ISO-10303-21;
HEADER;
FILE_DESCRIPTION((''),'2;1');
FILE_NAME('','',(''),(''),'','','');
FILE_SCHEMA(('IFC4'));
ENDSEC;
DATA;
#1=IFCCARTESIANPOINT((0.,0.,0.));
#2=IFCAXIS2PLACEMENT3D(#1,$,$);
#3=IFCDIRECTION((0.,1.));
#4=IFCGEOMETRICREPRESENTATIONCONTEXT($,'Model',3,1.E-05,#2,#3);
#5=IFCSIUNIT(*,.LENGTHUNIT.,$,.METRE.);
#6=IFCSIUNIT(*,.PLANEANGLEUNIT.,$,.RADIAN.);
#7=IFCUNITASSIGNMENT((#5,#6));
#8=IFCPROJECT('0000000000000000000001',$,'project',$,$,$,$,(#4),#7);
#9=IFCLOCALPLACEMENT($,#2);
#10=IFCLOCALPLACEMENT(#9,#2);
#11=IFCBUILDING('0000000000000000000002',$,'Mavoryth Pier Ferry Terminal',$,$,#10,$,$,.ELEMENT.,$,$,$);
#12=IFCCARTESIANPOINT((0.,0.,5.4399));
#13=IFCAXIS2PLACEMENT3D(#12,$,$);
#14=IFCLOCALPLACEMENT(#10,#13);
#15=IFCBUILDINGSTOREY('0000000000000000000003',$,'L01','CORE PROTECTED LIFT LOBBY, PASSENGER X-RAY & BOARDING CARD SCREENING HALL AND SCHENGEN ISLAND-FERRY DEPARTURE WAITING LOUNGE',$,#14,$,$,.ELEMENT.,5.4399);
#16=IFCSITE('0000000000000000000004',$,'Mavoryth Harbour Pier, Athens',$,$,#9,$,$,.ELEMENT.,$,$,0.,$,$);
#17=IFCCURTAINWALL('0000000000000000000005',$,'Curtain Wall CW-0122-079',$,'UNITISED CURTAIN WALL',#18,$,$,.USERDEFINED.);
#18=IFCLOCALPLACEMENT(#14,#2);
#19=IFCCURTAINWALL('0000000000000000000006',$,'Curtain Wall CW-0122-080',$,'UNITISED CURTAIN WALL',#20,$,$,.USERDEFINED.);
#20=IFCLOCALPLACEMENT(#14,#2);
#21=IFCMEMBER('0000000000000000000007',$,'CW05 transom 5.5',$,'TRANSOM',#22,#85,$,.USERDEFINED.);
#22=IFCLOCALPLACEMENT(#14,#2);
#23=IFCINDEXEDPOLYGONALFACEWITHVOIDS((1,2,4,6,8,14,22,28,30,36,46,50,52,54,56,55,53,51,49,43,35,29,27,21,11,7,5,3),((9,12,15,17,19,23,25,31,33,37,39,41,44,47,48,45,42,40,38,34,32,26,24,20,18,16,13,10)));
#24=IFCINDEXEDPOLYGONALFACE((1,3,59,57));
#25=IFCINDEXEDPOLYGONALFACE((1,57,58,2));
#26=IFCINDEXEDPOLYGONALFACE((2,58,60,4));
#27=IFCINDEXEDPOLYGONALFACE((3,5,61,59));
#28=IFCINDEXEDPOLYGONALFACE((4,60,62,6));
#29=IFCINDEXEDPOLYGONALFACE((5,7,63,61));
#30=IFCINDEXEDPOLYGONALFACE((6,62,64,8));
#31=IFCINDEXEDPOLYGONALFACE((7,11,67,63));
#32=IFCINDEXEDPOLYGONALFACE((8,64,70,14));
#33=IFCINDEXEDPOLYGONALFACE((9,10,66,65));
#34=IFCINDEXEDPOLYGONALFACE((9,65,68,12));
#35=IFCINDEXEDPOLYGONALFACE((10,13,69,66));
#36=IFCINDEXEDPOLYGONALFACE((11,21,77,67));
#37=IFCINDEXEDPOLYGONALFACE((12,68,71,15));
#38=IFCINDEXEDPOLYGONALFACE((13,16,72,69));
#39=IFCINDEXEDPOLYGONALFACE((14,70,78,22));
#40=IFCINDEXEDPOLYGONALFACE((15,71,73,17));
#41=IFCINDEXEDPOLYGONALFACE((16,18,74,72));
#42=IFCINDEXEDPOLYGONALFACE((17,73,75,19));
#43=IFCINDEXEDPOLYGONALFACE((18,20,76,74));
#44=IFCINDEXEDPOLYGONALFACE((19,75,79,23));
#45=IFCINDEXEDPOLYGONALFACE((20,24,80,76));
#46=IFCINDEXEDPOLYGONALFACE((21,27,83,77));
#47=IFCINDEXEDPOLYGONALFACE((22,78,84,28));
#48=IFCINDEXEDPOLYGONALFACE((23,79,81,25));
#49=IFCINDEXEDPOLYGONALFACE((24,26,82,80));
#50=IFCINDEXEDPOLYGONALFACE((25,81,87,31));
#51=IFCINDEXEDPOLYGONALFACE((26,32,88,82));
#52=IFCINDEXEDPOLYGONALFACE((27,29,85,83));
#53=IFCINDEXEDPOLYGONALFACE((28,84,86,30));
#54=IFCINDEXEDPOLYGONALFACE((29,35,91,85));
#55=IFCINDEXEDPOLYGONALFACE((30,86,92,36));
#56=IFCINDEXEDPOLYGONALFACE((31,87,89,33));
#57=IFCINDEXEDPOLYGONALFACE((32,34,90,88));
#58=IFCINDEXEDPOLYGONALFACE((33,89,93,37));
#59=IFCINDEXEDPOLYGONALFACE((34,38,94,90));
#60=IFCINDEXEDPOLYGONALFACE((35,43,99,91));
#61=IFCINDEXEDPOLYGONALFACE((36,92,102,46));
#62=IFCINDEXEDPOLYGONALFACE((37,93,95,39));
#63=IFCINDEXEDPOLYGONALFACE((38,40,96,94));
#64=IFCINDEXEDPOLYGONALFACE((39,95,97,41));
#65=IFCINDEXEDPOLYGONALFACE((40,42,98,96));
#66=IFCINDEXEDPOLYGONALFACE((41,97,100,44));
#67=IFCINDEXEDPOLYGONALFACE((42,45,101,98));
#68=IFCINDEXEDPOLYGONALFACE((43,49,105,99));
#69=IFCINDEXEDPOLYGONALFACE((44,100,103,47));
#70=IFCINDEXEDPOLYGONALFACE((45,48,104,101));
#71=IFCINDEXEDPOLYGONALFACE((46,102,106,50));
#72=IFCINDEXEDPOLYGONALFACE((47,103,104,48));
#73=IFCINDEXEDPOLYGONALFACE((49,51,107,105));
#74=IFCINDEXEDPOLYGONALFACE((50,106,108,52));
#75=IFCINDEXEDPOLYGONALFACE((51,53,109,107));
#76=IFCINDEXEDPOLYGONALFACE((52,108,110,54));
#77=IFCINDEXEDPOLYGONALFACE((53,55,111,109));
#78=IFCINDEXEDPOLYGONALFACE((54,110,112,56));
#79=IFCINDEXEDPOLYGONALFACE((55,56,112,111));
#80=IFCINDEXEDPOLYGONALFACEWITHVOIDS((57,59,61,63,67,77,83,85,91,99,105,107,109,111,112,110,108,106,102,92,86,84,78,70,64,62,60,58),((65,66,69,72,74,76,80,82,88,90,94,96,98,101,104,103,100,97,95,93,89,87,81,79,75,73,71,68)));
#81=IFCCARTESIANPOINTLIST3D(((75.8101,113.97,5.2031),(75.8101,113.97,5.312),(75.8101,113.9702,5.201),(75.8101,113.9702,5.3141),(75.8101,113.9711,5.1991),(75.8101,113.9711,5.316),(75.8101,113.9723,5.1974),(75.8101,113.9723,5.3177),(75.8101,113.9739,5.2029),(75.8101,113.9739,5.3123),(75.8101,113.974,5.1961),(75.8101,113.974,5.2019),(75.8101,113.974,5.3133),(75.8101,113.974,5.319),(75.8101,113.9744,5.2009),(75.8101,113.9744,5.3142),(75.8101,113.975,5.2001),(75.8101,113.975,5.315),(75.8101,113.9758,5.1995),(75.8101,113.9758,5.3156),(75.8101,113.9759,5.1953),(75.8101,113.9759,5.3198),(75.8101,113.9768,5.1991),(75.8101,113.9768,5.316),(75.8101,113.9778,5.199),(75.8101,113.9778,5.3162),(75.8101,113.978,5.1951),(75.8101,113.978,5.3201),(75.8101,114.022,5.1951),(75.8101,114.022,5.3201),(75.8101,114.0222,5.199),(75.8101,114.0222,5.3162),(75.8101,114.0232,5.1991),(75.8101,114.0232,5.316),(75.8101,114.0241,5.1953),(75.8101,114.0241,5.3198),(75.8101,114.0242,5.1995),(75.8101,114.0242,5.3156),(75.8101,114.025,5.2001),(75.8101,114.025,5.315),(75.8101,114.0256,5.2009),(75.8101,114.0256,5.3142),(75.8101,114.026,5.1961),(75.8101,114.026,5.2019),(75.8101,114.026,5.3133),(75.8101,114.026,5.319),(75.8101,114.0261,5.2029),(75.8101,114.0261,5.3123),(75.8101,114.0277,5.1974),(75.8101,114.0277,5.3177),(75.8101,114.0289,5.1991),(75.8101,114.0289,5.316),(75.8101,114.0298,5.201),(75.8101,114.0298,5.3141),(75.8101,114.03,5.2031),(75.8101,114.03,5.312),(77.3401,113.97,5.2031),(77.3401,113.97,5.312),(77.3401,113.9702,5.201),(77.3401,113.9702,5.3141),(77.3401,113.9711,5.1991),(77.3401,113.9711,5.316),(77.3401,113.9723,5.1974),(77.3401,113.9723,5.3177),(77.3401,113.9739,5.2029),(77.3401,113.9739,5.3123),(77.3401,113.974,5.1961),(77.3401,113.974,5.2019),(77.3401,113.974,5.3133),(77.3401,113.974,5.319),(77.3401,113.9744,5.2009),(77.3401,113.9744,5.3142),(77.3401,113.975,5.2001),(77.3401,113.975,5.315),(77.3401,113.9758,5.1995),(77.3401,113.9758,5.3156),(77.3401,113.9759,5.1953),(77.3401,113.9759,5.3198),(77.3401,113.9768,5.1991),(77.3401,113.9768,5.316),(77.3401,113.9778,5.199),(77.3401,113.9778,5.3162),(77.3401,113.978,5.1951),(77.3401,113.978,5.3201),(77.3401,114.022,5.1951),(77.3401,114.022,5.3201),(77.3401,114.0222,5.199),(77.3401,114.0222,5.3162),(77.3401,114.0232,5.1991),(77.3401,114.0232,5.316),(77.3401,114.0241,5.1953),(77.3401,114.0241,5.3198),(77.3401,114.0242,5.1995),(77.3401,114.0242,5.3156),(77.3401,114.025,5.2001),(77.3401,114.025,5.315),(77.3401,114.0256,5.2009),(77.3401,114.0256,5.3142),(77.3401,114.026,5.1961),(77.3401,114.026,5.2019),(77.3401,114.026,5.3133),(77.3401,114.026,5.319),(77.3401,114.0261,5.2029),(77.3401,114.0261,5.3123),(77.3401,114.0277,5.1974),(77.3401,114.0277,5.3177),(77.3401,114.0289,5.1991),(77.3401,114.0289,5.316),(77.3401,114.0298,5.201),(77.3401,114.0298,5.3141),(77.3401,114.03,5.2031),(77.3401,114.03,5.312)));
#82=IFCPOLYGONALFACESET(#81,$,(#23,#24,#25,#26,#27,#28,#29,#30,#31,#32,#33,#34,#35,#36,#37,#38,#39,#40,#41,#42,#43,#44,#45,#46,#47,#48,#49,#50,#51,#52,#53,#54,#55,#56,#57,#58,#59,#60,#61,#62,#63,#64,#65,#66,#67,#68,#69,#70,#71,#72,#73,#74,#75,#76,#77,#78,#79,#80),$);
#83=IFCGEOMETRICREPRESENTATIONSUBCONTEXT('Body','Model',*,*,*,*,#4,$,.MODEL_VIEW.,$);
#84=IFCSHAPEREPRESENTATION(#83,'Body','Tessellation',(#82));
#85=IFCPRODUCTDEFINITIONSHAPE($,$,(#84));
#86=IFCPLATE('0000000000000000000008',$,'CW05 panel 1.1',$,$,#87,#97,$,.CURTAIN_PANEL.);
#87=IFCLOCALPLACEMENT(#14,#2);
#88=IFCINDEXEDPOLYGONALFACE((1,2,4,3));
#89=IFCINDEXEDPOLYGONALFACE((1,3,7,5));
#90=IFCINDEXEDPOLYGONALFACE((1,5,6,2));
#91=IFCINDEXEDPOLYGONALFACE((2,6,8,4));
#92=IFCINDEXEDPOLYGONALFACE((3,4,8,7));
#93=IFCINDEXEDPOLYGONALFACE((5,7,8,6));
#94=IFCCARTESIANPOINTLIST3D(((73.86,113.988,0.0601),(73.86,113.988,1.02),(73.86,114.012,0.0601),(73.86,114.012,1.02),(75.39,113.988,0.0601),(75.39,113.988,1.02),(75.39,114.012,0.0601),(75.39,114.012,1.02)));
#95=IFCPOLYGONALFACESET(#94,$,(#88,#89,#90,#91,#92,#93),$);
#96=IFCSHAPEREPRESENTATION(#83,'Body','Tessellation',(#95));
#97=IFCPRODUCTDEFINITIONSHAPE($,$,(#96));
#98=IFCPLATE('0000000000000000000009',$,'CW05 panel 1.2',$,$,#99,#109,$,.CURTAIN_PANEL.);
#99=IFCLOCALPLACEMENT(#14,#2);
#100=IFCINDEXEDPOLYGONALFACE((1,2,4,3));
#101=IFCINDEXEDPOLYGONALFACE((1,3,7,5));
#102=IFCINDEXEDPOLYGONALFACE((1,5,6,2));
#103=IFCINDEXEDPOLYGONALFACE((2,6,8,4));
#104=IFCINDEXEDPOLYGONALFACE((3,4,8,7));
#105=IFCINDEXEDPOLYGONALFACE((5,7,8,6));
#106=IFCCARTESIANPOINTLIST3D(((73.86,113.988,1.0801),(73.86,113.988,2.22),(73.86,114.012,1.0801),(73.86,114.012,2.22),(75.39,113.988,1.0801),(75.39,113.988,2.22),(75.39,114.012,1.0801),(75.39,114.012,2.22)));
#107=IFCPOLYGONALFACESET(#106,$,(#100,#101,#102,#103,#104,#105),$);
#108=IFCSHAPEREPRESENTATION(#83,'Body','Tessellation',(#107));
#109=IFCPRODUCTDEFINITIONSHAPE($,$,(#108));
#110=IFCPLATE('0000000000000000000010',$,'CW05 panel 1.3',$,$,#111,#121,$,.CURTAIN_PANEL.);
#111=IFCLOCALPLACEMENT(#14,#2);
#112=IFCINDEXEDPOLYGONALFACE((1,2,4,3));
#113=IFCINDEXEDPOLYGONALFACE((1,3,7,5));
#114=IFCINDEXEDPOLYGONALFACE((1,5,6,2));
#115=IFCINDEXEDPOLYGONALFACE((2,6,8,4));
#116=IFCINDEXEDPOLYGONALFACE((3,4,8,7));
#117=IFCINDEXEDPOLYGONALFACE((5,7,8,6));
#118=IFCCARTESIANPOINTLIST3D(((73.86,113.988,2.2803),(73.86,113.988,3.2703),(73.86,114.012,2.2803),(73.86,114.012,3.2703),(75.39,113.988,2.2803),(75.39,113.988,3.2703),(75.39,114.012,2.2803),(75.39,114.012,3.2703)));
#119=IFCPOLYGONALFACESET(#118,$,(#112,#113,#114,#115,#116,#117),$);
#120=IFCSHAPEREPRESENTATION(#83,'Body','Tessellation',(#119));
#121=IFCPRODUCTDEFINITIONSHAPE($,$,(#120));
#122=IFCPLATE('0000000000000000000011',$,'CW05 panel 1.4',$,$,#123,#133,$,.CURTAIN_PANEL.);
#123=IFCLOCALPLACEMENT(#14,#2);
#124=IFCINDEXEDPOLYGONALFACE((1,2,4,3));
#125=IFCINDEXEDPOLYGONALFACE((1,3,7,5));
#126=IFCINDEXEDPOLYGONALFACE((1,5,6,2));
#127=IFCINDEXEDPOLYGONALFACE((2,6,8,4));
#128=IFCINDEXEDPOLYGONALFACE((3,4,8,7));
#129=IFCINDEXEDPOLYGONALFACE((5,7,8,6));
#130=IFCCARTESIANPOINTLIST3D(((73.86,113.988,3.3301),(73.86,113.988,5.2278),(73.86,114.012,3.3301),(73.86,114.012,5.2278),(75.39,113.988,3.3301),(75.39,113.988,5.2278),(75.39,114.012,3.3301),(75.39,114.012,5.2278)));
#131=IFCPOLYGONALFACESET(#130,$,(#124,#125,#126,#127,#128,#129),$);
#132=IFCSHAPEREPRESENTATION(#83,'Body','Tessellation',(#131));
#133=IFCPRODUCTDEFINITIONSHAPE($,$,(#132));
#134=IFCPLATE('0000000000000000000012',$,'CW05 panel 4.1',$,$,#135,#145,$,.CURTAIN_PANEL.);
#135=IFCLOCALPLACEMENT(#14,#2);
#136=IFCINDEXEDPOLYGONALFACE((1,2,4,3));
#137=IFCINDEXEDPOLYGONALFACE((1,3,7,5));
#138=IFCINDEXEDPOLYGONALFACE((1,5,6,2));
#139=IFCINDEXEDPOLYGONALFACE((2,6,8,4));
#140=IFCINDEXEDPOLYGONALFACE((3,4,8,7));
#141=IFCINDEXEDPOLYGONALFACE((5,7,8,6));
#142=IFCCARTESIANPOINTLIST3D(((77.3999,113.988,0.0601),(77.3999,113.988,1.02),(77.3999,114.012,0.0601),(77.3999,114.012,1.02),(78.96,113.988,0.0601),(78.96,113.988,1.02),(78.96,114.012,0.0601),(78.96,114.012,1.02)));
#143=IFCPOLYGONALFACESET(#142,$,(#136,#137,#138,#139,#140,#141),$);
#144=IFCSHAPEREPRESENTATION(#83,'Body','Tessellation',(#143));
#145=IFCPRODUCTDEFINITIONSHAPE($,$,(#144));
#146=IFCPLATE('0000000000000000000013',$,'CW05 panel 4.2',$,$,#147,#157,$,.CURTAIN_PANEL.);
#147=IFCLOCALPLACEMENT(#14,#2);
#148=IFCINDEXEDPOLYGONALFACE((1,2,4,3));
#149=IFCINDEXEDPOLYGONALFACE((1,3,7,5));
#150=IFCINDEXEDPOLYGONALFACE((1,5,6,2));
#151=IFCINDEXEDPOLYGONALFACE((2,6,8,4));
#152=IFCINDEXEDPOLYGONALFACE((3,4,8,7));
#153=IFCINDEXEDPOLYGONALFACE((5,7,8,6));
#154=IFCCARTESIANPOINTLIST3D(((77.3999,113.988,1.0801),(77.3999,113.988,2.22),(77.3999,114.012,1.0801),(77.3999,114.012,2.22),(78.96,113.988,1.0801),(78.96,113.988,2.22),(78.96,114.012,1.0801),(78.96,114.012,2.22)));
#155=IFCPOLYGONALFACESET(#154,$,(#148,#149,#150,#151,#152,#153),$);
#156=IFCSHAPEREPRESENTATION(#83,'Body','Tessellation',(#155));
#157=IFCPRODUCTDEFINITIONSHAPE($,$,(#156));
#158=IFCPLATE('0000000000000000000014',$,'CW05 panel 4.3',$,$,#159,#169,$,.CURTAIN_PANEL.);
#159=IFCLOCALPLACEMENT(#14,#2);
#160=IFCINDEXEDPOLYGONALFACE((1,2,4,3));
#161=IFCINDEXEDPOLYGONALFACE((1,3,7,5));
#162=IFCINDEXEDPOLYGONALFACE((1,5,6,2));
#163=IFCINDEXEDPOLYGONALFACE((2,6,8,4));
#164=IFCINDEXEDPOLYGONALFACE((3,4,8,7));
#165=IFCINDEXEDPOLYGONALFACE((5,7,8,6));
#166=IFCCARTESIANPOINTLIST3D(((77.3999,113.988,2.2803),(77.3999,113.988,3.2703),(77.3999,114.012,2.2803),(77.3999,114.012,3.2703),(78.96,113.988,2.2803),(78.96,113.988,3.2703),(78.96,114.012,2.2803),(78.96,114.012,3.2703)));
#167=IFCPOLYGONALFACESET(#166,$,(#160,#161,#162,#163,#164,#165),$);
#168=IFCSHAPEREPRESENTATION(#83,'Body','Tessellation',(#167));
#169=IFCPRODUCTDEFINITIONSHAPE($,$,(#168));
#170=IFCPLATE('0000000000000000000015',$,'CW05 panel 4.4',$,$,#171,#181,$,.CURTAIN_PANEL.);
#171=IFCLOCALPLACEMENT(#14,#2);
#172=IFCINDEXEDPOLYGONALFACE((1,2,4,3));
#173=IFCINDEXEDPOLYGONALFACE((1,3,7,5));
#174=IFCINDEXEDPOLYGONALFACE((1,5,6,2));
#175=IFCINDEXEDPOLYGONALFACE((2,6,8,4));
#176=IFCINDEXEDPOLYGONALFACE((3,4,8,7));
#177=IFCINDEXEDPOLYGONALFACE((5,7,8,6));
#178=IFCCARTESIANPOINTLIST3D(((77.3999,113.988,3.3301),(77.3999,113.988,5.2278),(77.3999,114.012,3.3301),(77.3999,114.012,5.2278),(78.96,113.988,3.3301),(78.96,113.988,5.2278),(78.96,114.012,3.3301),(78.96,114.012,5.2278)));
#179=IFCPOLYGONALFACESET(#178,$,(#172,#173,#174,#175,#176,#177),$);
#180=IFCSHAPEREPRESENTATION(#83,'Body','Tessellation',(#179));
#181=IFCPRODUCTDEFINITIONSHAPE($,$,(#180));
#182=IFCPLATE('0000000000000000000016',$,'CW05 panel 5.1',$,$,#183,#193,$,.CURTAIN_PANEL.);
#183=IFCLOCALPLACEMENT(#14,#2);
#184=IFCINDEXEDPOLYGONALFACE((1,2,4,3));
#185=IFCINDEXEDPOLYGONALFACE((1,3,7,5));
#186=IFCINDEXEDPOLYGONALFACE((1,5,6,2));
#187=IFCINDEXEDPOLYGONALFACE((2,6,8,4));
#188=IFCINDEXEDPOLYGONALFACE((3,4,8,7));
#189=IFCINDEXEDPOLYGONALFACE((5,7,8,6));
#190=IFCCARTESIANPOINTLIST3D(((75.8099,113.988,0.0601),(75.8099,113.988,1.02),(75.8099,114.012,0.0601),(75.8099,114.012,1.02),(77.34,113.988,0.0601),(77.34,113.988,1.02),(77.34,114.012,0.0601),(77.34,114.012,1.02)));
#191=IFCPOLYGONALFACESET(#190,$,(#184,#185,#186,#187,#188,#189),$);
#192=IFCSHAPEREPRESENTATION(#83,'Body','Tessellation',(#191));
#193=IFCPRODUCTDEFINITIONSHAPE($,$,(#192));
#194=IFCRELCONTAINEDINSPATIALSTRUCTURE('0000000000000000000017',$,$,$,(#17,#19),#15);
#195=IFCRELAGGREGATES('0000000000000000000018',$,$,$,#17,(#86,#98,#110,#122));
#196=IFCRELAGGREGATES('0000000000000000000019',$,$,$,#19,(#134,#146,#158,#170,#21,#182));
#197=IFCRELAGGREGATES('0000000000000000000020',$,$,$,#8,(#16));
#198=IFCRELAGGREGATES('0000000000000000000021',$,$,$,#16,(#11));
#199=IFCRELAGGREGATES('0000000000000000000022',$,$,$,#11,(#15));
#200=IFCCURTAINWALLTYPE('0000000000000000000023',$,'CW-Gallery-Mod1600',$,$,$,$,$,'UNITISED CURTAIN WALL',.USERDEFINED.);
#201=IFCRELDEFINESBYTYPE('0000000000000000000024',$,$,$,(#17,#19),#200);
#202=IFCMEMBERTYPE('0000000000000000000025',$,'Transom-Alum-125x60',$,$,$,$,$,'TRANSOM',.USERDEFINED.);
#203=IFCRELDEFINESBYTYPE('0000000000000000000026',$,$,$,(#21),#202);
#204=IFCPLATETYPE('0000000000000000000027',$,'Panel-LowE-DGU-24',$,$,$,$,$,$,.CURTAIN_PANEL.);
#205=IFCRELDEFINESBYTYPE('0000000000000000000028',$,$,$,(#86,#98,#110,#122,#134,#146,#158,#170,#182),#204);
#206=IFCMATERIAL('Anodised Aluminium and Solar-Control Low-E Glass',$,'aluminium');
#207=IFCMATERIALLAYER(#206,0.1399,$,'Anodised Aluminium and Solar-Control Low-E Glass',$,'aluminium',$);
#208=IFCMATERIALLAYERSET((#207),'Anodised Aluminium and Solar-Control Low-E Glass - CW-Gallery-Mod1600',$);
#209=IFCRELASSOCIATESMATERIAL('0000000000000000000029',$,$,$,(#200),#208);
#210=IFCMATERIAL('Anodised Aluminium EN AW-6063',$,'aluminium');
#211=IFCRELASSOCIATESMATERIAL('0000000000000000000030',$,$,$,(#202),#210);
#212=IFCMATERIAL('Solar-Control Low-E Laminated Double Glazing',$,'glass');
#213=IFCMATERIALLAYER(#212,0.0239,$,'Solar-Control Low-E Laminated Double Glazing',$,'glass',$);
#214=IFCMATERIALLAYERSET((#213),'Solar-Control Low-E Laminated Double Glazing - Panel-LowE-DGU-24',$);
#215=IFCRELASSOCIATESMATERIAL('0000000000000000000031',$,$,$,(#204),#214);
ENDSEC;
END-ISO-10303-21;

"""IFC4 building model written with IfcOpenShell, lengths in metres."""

from ifc_helpers import new_model, si_unit, direction, frame, origin, origin_2d, place, context, subcontext, project, spatial, rectangle, hollow_rectangle, extrude, material, layer, layer_set, material_profile, profile_set, type_object, element, aggregate, save


model = new_model("IFC4")

# Units and contexts
model_context = context("Model", 3, precision=1e-05, world=origin(), true_north=direction((0.0, 1.0)))
body_context = subcontext(model_context, "Body", "Model", "MODEL_VIEW")
ifc_project = project(units=[si_unit("LENGTHUNIT", "METRE"), si_unit("PLANEANGLEUNIT", "RADIAN")], contexts=[model_context])

# Site, building, storey
site_placement = place(None, origin())
site = spatial("IfcSite", under=ifc_project, at=site_placement, Name="Mavoryth Harbour Pier, Athens", CompositionType="ELEMENT", RefElevation=0.0)
building_placement = place(site_placement, origin())
building = spatial("IfcBuilding", under=site, at=building_placement, Name="Mavoryth Pier Ferry Terminal", CompositionType="ELEMENT")
storey_placement = place(building_placement, frame((0.0, 0.0, 5.4399)))
storey = spatial("IfcBuildingStorey", under=building, at=storey_placement, Name="L01", Description="CORE PROTECTED LIFT LOBBY, PASSENGER X-RAY & BOARDING CARD SCREENING HALL AND SCHENGEN ISLAND-FERRY DEPARTURE WAITING LOUNGE", CompositionType="ELEMENT", Elevation=5.4399)

# Curtain walls
ifc_material_1 = material(Name="Anodised Aluminium and Solar-Control Low-E Glass", Category="aluminium")
ifc_layer_1 = layer(ifc_material_1, 0.1399, Name="Anodised Aluminium and Solar-Control Low-E Glass", Category="aluminium")
ifc_layer_set_1 = layer_set([ifc_layer_1], Name="Anodised Aluminium and Solar-Control Low-E Glass - CW-Gallery-Mod1600")
curtain_wall_type = type_object("IfcCurtainWallType", Name="CW-Gallery-Mod1600", ElementType="UNITISED CURTAIN WALL", PredefinedType="USERDEFINED", material=ifc_layer_set_1)
curtain_wall_1_placement = place(storey_placement, origin())
curtain_wall_1 = element("IfcCurtainWall", 1, at=curtain_wall_1_placement, inside=storey, type_object=curtain_wall_type, Name="Curtain Wall CW-0122-079", ObjectType="UNITISED CURTAIN WALL", PredefinedType="USERDEFINED")
ifc_material_2 = material(Name="Anodised Aluminium EN AW-6063", Category="aluminium")
curtain_wall_2_placement = place(storey_placement, origin())
curtain_wall_2 = element("IfcCurtainWall", 2, at=curtain_wall_2_placement, inside=storey, type_object=curtain_wall_type, Name="Curtain Wall CW-0122-080", ObjectType="UNITISED CURTAIN WALL", PredefinedType="USERDEFINED")

# Member
ifc_material_profile_1 = material_profile(ifc_material_2, hollow_rectangle(XDim=0.0601, YDim=0.125, WallThickness=0.0039, InnerFilletRadius=0.0039, OuterFilletRadius=0.0081, at=origin_2d()), Name="AL-TRAN 125x60x4", Category="aluminium")
ifc_profile_set_1 = profile_set([ifc_material_profile_1], Name="Anodised Aluminium EN AW-6063 - AL-TRAN 125x60x4")
member_type_1 = type_object("IfcMemberType", Name="Transom-Alum-125x60", ElementType="TRANSOM", PredefinedType="USERDEFINED", material=ifc_profile_set_1)
member_1_placement = place(storey_placement, frame((77.3401, 114.0, 5.2576), z_axis=(-1.0, 0.0, 0.0), x_axis=(0.0, -1.0, 0.0)))
member_1 = element("IfcMember", 3, at=member_1_placement, type_object=member_type_1, Name="CW05 transom 5.5", ObjectType="TRANSOM", PredefinedType="USERDEFINED", context=body_context, shape_type="SweptSolid", body=[
    extrude(hollow_rectangle(XDim=0.0601, YDim=0.125, WallThickness=0.0039, InnerFilletRadius=0.0039, OuterFilletRadius=0.0081, at=origin_2d()), origin(), (0.0, 0.0, 1.0), 1.53),
])

# Plates
ifc_material_3 = material(Name="Solar-Control Low-E Laminated Double Glazing", Category="glass")
ifc_layer_2 = layer(ifc_material_3, 0.0239, Name="Solar-Control Low-E Laminated Double Glazing", Category="glass")
ifc_layer_set_2 = layer_set([ifc_layer_2], Name="Solar-Control Low-E Laminated Double Glazing - Panel-LowE-DGU-24")
plate_type_1 = type_object("IfcPlateType", Name="Panel-LowE-DGU-24", PredefinedType="CURTAIN_PANEL", material=ifc_layer_set_2)
plate_1_placement = place(storey_placement, frame((74.625, 114.0, 0.0601), z_axis=(0.0, 0.0, 1.0), x_axis=(-1.0, 0.0, 0.0)))
plate_1 = element("IfcPlate", 4, at=plate_1_placement, type_object=plate_type_1, Name="CW05 panel 1.1", PredefinedType="CURTAIN_PANEL", context=body_context, shape_type="SweptSolid", body=[
    extrude(rectangle(XDim=1.53, YDim=0.0239, at=origin_2d()), origin(), (0.0, 0.0, 1.0), 0.96),
])
plate_2_placement = place(storey_placement, frame((74.625, 114.0, 1.0801), z_axis=(0.0, 0.0, 1.0), x_axis=(-1.0, 0.0, 0.0)))
plate_2 = element("IfcPlate", 5, at=plate_2_placement, type_object=plate_type_1, Name="CW05 panel 1.2", PredefinedType="CURTAIN_PANEL", context=body_context, shape_type="SweptSolid", body=[
    extrude(rectangle(XDim=1.53, YDim=0.0239, at=origin_2d()), origin(), (0.0, 0.0, 1.0), 1.1399),
])
plate_3_placement = place(storey_placement, frame((74.625, 114.0, 2.2803), z_axis=(0.0, 0.0, 1.0), x_axis=(-1.0, 0.0, 0.0)))
plate_3 = element("IfcPlate", 6, at=plate_3_placement, type_object=plate_type_1, Name="CW05 panel 1.3", PredefinedType="CURTAIN_PANEL", context=body_context, shape_type="SweptSolid", body=[
    extrude(rectangle(XDim=1.53, YDim=0.0239, at=origin_2d()), origin(), (0.0, 0.0, 1.0), 0.99),
])
plate_4_placement = place(storey_placement, frame((74.625, 114.0, 3.3301), z_axis=(0.0, 0.0, 1.0), x_axis=(-1.0, 0.0, 0.0)))
plate_4 = element("IfcPlate", 7, at=plate_4_placement, type_object=plate_type_1, Name="CW05 panel 1.4", PredefinedType="CURTAIN_PANEL", context=body_context, shape_type="SweptSolid", body=[
    extrude(rectangle(XDim=1.53, YDim=0.0239, at=origin_2d()), origin(), (0.0, 0.0, 1.0), 1.8977),
])
aggregate(curtain_wall_1, [plate_1, plate_2, plate_3, plate_4])
plate_5_placement = place(storey_placement, frame((78.1799, 114.0, 0.0601), z_axis=(0.0, 0.0, 1.0), x_axis=(-1.0, 0.0, 0.0)))
plate_5 = element("IfcPlate", 8, at=plate_5_placement, type_object=plate_type_1, Name="CW05 panel 4.1", PredefinedType="CURTAIN_PANEL", context=body_context, shape_type="SweptSolid", body=[
    extrude(rectangle(XDim=1.5601, YDim=0.0239, at=origin_2d()), origin(), (0.0, 0.0, 1.0), 0.96),
])
plate_6_placement = place(storey_placement, frame((78.1799, 114.0, 1.0801), z_axis=(0.0, 0.0, 1.0), x_axis=(-1.0, 0.0, 0.0)))
plate_6 = element("IfcPlate", 9, at=plate_6_placement, type_object=plate_type_1, Name="CW05 panel 4.2", PredefinedType="CURTAIN_PANEL", context=body_context, shape_type="SweptSolid", body=[
    extrude(rectangle(XDim=1.5601, YDim=0.0239, at=origin_2d()), origin(), (0.0, 0.0, 1.0), 1.1399),
])
plate_7_placement = place(storey_placement, frame((78.1799, 114.0, 2.2803), z_axis=(0.0, 0.0, 1.0), x_axis=(-1.0, 0.0, 0.0)))
plate_7 = element("IfcPlate", 10, at=plate_7_placement, type_object=plate_type_1, Name="CW05 panel 4.3", PredefinedType="CURTAIN_PANEL", context=body_context, shape_type="SweptSolid", body=[
    extrude(rectangle(XDim=1.5601, YDim=0.0239, at=origin_2d()), origin(), (0.0, 0.0, 1.0), 0.99),
])
plate_8_placement = place(storey_placement, frame((78.1799, 114.0, 3.3301), z_axis=(0.0, 0.0, 1.0), x_axis=(-1.0, 0.0, 0.0)))
plate_8 = element("IfcPlate", 11, at=plate_8_placement, type_object=plate_type_1, Name="CW05 panel 4.4", PredefinedType="CURTAIN_PANEL", context=body_context, shape_type="SweptSolid", body=[
    extrude(rectangle(XDim=1.5601, YDim=0.0239, at=origin_2d()), origin(), (0.0, 0.0, 1.0), 1.8977),
])
plate_9_placement = place(storey_placement, frame((76.575, 114.0, 0.0601), z_axis=(0.0, 0.0, 1.0), x_axis=(-1.0, 0.0, 0.0)))
plate_9 = element("IfcPlate", 12, at=plate_9_placement, type_object=plate_type_1, Name="CW05 panel 5.1", PredefinedType="CURTAIN_PANEL", context=body_context, shape_type="SweptSolid", body=[
    extrude(rectangle(XDim=1.53, YDim=0.0239, at=origin_2d()), origin(), (0.0, 0.0, 1.0), 0.96),
])
aggregate(curtain_wall_2, [plate_5, plate_6, plate_7, plate_8, member_1, plate_9])

save(model, "model.ifc")
